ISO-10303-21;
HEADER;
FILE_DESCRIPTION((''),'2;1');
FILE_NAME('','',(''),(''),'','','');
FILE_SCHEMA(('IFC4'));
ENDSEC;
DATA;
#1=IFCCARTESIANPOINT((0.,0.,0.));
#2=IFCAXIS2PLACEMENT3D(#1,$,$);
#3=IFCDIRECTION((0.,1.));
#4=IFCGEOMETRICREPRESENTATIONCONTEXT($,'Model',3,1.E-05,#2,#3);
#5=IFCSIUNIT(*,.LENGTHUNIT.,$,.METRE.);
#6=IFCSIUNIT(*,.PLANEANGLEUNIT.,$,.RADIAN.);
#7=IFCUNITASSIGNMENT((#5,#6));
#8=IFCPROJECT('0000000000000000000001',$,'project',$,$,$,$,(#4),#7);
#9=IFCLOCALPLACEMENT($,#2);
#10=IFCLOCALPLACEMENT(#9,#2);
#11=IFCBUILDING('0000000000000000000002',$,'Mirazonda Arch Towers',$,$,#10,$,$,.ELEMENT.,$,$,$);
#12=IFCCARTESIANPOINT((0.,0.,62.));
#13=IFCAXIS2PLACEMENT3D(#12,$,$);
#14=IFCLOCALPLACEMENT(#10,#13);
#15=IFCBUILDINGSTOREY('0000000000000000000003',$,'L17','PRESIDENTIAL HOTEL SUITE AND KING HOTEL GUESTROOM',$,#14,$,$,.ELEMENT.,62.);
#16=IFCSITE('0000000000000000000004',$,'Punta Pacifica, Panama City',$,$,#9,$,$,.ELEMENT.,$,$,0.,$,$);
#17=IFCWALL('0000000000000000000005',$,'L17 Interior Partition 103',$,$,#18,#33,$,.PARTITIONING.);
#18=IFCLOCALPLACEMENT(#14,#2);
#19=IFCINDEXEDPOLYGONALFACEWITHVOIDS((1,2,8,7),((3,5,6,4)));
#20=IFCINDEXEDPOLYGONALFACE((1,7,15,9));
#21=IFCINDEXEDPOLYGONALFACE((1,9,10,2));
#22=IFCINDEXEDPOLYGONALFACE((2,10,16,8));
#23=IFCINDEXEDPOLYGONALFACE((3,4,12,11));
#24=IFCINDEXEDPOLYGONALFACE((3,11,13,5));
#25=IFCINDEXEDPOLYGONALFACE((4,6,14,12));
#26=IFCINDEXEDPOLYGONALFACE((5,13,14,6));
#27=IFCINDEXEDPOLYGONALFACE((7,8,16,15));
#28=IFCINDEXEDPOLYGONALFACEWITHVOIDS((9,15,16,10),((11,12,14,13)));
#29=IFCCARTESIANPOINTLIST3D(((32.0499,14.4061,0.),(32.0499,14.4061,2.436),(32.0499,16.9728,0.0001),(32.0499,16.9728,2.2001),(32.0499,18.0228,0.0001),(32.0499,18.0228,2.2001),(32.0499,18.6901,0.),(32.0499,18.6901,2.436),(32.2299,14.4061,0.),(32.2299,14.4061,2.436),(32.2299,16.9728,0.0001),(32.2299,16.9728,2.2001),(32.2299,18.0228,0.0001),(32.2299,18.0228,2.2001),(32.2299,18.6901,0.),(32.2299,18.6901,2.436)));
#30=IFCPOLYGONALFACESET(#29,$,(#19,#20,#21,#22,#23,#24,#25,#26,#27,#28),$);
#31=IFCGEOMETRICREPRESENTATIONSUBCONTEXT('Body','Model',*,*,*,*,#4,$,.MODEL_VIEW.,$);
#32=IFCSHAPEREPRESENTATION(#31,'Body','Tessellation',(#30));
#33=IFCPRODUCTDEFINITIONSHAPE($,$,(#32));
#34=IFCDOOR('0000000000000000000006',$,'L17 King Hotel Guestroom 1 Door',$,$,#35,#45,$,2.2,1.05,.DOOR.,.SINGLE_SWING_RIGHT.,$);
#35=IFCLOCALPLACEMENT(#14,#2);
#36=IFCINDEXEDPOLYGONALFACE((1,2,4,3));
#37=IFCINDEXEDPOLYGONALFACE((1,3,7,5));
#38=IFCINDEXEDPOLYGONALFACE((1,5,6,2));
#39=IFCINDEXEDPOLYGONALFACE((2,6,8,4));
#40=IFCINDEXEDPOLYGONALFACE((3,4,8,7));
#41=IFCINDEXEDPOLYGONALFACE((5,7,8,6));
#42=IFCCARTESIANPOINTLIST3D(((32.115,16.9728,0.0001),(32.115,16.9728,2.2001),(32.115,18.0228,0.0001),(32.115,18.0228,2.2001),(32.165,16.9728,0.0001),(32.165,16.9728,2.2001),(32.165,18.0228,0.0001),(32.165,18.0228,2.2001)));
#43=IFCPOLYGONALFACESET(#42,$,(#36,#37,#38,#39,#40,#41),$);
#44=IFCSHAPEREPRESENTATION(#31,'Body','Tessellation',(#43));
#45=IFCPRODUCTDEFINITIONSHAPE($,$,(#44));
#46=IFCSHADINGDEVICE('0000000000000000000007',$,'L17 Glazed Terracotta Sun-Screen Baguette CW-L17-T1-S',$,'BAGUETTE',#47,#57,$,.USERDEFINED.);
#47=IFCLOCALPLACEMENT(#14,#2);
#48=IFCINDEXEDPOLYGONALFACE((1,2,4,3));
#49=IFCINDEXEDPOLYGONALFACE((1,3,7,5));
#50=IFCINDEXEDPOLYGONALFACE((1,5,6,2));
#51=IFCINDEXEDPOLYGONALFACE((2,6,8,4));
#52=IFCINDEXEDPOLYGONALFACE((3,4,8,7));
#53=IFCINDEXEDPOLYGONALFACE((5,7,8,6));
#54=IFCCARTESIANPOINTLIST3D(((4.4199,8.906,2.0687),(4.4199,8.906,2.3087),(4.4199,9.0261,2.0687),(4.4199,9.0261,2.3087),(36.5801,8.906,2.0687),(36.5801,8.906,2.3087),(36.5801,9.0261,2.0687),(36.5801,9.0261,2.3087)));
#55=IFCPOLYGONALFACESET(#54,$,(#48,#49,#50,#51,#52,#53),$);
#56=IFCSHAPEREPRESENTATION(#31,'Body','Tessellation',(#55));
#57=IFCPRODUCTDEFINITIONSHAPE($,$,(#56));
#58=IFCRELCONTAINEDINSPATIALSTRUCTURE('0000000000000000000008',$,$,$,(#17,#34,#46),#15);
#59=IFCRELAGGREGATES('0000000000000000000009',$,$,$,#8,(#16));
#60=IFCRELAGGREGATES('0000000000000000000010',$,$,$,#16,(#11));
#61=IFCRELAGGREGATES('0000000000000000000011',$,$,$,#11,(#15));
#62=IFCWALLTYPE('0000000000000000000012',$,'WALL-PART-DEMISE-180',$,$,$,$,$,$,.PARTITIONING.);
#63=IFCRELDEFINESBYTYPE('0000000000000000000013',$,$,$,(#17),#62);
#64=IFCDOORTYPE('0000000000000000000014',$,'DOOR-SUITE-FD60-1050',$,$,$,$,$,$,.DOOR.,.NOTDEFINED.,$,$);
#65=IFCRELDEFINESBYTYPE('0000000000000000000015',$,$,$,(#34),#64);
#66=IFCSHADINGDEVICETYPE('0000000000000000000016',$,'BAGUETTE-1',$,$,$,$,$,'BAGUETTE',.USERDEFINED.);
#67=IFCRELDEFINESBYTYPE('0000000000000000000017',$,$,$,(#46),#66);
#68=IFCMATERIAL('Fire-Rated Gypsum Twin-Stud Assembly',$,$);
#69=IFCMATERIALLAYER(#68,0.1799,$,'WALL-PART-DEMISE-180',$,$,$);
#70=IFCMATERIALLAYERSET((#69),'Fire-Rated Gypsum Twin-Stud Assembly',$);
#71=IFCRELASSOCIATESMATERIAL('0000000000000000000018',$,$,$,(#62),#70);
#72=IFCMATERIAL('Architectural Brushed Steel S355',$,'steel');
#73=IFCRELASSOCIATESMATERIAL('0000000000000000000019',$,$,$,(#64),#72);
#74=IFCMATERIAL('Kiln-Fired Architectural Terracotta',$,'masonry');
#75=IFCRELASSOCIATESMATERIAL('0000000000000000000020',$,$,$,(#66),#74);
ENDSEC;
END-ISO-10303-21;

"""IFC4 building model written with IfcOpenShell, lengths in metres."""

from ifc_helpers import new_model, si_unit, direction, frame, frame_2d, origin, origin_2d, place, context, subcontext, project, spatial, rectangle, extrude, material, layer, layer_set, material_profile, profile_set, type_object, element, fill, save


model = new_model("IFC4")

# Units and contexts
model_context = context("Model", 3, precision=1e-05, world=origin(), true_north=direction((0.0, 1.0)))
body_context = subcontext(model_context, "Body", "Model", "MODEL_VIEW")
ifc_project = project(units=[si_unit("LENGTHUNIT", "METRE"), si_unit("PLANEANGLEUNIT", "RADIAN")], contexts=[model_context])

# Site, building, storey
site_placement = place(None, origin())
site = spatial("IfcSite", under=ifc_project, at=site_placement, Name="Punta Pacifica, Panama City", CompositionType="ELEMENT", RefElevation=0.0)
building_placement = place(site_placement, origin())
building = spatial("IfcBuilding", under=site, at=building_placement, Name="Mirazonda Arch Towers", CompositionType="ELEMENT")
storey_placement = place(building_placement, frame((0.0, 0.0, 62.0)))
storey = spatial("IfcBuildingStorey", under=building, at=storey_placement, Name="L17", Description="PRESIDENTIAL HOTEL SUITE AND KING HOTEL GUESTROOM", CompositionType="ELEMENT", Elevation=62.0)

# Shared definitions
ifc_material_1 = material(Name="Fire-Rated Gypsum Twin-Stud Assembly")
ifc_layer_1 = layer(ifc_material_1, 0.1799, Name="WALL-PART-DEMISE-180")
ifc_layer_set_1 = layer_set([ifc_layer_1], Name="Fire-Rated Gypsum Twin-Stud Assembly")
wall_type_1 = type_object("IfcWallType", Name="WALL-PART-DEMISE-180", PredefinedType="PARTITIONING", material=ifc_layer_set_1)

# Wall, opening, door
ifc_material_2 = material(Name="Architectural Brushed Steel S355", Category="steel")
wall_1_placement = place(storey_placement, frame((32.1399, 14.406, 0.0), z_axis=(0.0, 0.0, 1.0), x_axis=(0.0, 1.0, 0.0)))
wall_1 = element("IfcWall", 1, at=wall_1_placement, inside=storey, type_object=wall_type_1, Name="L17 Interior Partition 103", PredefinedType="PARTITIONING", context=body_context, shape_type="SweptSolid", body=[
    extrude(rectangle(XDim=4.2839, YDim=0.1799, at=frame_2d((2.1421, 0.0))), origin(), (0.0, 0.0, 1.0), 2.436),
])
opening_1_placement = place(wall_1_placement, frame((2.5669, 0.0, 0.0)))
opening_1 = element("IfcOpeningElement", 2, at=opening_1_placement, cuts=wall_1, PredefinedType="OPENING", context=body_context, shape_type="SweptSolid", body=[
    extrude(rectangle(XDim=1.05, YDim=2.2, at=frame_2d((0.5249, 1.1001))), frame((0.0, 0.0999, 0.0), z_axis=(0.0, -1.0, 0.0), x_axis=(1.0, 0.0, 0.0)), (0.0, 0.0, 1.0), 0.2),
])
door_type_1 = type_object("IfcDoorType", Name="DOOR-SUITE-FD60-1050", OperationType="NOTDEFINED", PredefinedType="DOOR", material=ifc_material_2)
door_1_placement = place(opening_1_placement, origin())
door_1 = element("IfcDoor", 3, at=door_1_placement, inside=storey, type_object=door_type_1, Name="L17 King Hotel Guestroom 1 Door", OperationType="SINGLE_SWING_RIGHT", OverallHeight=2.2, OverallWidth=1.05, PredefinedType="DOOR", context=body_context, shape_type="SweptSolid", body=[
    extrude(rectangle(XDim=1.05, YDim=2.2, at=frame_2d((0.5249, 1.1001))), frame((0.0, 0.0249, 0.0), z_axis=(0.0, -1.0, 0.0), x_axis=(1.0, 0.0, 0.0)), (0.0, 0.0, 1.0), 0.05),
])
fill(opening_1, door_1)

# Shading device
ifc_material_3 = material(Name="Kiln-Fired Architectural Terracotta", Category="masonry")
ifc_material_profile_1 = material_profile(ifc_material_3, rectangle(XDim=0.1201, YDim=0.24, at=origin_2d()), Name="TERRA-BAG-120x240")
ifc_profile_set_1 = profile_set([ifc_material_profile_1], Name="Kiln-Fired Architectural Terracotta")
shading_device_type = type_object("IfcShadingDeviceType", Name="BAGUETTE-1", ElementType="BAGUETTE", PredefinedType="USERDEFINED", material=ifc_profile_set_1)
shading_device_placement = place(storey_placement, frame((36.5801, 8.9661, 2.1887), z_axis=(-1.0, 0.0, 0.0), x_axis=(0.0, -1.0, 0.0)))
element("IfcShadingDevice", 4, at=shading_device_placement, inside=storey, type_object=shading_device_type, Name="L17 Glazed Terracotta Sun-Screen Baguette CW-L17-T1-S", ObjectType="BAGUETTE", PredefinedType="USERDEFINED", context=body_context, shape_type="SweptSolid", body=[
    extrude(rectangle(XDim=0.1201, YDim=0.24, at=origin_2d()), origin(), (0.0, 0.0, 1.0), 32.1602),
])

save(model, "model.ifc")
